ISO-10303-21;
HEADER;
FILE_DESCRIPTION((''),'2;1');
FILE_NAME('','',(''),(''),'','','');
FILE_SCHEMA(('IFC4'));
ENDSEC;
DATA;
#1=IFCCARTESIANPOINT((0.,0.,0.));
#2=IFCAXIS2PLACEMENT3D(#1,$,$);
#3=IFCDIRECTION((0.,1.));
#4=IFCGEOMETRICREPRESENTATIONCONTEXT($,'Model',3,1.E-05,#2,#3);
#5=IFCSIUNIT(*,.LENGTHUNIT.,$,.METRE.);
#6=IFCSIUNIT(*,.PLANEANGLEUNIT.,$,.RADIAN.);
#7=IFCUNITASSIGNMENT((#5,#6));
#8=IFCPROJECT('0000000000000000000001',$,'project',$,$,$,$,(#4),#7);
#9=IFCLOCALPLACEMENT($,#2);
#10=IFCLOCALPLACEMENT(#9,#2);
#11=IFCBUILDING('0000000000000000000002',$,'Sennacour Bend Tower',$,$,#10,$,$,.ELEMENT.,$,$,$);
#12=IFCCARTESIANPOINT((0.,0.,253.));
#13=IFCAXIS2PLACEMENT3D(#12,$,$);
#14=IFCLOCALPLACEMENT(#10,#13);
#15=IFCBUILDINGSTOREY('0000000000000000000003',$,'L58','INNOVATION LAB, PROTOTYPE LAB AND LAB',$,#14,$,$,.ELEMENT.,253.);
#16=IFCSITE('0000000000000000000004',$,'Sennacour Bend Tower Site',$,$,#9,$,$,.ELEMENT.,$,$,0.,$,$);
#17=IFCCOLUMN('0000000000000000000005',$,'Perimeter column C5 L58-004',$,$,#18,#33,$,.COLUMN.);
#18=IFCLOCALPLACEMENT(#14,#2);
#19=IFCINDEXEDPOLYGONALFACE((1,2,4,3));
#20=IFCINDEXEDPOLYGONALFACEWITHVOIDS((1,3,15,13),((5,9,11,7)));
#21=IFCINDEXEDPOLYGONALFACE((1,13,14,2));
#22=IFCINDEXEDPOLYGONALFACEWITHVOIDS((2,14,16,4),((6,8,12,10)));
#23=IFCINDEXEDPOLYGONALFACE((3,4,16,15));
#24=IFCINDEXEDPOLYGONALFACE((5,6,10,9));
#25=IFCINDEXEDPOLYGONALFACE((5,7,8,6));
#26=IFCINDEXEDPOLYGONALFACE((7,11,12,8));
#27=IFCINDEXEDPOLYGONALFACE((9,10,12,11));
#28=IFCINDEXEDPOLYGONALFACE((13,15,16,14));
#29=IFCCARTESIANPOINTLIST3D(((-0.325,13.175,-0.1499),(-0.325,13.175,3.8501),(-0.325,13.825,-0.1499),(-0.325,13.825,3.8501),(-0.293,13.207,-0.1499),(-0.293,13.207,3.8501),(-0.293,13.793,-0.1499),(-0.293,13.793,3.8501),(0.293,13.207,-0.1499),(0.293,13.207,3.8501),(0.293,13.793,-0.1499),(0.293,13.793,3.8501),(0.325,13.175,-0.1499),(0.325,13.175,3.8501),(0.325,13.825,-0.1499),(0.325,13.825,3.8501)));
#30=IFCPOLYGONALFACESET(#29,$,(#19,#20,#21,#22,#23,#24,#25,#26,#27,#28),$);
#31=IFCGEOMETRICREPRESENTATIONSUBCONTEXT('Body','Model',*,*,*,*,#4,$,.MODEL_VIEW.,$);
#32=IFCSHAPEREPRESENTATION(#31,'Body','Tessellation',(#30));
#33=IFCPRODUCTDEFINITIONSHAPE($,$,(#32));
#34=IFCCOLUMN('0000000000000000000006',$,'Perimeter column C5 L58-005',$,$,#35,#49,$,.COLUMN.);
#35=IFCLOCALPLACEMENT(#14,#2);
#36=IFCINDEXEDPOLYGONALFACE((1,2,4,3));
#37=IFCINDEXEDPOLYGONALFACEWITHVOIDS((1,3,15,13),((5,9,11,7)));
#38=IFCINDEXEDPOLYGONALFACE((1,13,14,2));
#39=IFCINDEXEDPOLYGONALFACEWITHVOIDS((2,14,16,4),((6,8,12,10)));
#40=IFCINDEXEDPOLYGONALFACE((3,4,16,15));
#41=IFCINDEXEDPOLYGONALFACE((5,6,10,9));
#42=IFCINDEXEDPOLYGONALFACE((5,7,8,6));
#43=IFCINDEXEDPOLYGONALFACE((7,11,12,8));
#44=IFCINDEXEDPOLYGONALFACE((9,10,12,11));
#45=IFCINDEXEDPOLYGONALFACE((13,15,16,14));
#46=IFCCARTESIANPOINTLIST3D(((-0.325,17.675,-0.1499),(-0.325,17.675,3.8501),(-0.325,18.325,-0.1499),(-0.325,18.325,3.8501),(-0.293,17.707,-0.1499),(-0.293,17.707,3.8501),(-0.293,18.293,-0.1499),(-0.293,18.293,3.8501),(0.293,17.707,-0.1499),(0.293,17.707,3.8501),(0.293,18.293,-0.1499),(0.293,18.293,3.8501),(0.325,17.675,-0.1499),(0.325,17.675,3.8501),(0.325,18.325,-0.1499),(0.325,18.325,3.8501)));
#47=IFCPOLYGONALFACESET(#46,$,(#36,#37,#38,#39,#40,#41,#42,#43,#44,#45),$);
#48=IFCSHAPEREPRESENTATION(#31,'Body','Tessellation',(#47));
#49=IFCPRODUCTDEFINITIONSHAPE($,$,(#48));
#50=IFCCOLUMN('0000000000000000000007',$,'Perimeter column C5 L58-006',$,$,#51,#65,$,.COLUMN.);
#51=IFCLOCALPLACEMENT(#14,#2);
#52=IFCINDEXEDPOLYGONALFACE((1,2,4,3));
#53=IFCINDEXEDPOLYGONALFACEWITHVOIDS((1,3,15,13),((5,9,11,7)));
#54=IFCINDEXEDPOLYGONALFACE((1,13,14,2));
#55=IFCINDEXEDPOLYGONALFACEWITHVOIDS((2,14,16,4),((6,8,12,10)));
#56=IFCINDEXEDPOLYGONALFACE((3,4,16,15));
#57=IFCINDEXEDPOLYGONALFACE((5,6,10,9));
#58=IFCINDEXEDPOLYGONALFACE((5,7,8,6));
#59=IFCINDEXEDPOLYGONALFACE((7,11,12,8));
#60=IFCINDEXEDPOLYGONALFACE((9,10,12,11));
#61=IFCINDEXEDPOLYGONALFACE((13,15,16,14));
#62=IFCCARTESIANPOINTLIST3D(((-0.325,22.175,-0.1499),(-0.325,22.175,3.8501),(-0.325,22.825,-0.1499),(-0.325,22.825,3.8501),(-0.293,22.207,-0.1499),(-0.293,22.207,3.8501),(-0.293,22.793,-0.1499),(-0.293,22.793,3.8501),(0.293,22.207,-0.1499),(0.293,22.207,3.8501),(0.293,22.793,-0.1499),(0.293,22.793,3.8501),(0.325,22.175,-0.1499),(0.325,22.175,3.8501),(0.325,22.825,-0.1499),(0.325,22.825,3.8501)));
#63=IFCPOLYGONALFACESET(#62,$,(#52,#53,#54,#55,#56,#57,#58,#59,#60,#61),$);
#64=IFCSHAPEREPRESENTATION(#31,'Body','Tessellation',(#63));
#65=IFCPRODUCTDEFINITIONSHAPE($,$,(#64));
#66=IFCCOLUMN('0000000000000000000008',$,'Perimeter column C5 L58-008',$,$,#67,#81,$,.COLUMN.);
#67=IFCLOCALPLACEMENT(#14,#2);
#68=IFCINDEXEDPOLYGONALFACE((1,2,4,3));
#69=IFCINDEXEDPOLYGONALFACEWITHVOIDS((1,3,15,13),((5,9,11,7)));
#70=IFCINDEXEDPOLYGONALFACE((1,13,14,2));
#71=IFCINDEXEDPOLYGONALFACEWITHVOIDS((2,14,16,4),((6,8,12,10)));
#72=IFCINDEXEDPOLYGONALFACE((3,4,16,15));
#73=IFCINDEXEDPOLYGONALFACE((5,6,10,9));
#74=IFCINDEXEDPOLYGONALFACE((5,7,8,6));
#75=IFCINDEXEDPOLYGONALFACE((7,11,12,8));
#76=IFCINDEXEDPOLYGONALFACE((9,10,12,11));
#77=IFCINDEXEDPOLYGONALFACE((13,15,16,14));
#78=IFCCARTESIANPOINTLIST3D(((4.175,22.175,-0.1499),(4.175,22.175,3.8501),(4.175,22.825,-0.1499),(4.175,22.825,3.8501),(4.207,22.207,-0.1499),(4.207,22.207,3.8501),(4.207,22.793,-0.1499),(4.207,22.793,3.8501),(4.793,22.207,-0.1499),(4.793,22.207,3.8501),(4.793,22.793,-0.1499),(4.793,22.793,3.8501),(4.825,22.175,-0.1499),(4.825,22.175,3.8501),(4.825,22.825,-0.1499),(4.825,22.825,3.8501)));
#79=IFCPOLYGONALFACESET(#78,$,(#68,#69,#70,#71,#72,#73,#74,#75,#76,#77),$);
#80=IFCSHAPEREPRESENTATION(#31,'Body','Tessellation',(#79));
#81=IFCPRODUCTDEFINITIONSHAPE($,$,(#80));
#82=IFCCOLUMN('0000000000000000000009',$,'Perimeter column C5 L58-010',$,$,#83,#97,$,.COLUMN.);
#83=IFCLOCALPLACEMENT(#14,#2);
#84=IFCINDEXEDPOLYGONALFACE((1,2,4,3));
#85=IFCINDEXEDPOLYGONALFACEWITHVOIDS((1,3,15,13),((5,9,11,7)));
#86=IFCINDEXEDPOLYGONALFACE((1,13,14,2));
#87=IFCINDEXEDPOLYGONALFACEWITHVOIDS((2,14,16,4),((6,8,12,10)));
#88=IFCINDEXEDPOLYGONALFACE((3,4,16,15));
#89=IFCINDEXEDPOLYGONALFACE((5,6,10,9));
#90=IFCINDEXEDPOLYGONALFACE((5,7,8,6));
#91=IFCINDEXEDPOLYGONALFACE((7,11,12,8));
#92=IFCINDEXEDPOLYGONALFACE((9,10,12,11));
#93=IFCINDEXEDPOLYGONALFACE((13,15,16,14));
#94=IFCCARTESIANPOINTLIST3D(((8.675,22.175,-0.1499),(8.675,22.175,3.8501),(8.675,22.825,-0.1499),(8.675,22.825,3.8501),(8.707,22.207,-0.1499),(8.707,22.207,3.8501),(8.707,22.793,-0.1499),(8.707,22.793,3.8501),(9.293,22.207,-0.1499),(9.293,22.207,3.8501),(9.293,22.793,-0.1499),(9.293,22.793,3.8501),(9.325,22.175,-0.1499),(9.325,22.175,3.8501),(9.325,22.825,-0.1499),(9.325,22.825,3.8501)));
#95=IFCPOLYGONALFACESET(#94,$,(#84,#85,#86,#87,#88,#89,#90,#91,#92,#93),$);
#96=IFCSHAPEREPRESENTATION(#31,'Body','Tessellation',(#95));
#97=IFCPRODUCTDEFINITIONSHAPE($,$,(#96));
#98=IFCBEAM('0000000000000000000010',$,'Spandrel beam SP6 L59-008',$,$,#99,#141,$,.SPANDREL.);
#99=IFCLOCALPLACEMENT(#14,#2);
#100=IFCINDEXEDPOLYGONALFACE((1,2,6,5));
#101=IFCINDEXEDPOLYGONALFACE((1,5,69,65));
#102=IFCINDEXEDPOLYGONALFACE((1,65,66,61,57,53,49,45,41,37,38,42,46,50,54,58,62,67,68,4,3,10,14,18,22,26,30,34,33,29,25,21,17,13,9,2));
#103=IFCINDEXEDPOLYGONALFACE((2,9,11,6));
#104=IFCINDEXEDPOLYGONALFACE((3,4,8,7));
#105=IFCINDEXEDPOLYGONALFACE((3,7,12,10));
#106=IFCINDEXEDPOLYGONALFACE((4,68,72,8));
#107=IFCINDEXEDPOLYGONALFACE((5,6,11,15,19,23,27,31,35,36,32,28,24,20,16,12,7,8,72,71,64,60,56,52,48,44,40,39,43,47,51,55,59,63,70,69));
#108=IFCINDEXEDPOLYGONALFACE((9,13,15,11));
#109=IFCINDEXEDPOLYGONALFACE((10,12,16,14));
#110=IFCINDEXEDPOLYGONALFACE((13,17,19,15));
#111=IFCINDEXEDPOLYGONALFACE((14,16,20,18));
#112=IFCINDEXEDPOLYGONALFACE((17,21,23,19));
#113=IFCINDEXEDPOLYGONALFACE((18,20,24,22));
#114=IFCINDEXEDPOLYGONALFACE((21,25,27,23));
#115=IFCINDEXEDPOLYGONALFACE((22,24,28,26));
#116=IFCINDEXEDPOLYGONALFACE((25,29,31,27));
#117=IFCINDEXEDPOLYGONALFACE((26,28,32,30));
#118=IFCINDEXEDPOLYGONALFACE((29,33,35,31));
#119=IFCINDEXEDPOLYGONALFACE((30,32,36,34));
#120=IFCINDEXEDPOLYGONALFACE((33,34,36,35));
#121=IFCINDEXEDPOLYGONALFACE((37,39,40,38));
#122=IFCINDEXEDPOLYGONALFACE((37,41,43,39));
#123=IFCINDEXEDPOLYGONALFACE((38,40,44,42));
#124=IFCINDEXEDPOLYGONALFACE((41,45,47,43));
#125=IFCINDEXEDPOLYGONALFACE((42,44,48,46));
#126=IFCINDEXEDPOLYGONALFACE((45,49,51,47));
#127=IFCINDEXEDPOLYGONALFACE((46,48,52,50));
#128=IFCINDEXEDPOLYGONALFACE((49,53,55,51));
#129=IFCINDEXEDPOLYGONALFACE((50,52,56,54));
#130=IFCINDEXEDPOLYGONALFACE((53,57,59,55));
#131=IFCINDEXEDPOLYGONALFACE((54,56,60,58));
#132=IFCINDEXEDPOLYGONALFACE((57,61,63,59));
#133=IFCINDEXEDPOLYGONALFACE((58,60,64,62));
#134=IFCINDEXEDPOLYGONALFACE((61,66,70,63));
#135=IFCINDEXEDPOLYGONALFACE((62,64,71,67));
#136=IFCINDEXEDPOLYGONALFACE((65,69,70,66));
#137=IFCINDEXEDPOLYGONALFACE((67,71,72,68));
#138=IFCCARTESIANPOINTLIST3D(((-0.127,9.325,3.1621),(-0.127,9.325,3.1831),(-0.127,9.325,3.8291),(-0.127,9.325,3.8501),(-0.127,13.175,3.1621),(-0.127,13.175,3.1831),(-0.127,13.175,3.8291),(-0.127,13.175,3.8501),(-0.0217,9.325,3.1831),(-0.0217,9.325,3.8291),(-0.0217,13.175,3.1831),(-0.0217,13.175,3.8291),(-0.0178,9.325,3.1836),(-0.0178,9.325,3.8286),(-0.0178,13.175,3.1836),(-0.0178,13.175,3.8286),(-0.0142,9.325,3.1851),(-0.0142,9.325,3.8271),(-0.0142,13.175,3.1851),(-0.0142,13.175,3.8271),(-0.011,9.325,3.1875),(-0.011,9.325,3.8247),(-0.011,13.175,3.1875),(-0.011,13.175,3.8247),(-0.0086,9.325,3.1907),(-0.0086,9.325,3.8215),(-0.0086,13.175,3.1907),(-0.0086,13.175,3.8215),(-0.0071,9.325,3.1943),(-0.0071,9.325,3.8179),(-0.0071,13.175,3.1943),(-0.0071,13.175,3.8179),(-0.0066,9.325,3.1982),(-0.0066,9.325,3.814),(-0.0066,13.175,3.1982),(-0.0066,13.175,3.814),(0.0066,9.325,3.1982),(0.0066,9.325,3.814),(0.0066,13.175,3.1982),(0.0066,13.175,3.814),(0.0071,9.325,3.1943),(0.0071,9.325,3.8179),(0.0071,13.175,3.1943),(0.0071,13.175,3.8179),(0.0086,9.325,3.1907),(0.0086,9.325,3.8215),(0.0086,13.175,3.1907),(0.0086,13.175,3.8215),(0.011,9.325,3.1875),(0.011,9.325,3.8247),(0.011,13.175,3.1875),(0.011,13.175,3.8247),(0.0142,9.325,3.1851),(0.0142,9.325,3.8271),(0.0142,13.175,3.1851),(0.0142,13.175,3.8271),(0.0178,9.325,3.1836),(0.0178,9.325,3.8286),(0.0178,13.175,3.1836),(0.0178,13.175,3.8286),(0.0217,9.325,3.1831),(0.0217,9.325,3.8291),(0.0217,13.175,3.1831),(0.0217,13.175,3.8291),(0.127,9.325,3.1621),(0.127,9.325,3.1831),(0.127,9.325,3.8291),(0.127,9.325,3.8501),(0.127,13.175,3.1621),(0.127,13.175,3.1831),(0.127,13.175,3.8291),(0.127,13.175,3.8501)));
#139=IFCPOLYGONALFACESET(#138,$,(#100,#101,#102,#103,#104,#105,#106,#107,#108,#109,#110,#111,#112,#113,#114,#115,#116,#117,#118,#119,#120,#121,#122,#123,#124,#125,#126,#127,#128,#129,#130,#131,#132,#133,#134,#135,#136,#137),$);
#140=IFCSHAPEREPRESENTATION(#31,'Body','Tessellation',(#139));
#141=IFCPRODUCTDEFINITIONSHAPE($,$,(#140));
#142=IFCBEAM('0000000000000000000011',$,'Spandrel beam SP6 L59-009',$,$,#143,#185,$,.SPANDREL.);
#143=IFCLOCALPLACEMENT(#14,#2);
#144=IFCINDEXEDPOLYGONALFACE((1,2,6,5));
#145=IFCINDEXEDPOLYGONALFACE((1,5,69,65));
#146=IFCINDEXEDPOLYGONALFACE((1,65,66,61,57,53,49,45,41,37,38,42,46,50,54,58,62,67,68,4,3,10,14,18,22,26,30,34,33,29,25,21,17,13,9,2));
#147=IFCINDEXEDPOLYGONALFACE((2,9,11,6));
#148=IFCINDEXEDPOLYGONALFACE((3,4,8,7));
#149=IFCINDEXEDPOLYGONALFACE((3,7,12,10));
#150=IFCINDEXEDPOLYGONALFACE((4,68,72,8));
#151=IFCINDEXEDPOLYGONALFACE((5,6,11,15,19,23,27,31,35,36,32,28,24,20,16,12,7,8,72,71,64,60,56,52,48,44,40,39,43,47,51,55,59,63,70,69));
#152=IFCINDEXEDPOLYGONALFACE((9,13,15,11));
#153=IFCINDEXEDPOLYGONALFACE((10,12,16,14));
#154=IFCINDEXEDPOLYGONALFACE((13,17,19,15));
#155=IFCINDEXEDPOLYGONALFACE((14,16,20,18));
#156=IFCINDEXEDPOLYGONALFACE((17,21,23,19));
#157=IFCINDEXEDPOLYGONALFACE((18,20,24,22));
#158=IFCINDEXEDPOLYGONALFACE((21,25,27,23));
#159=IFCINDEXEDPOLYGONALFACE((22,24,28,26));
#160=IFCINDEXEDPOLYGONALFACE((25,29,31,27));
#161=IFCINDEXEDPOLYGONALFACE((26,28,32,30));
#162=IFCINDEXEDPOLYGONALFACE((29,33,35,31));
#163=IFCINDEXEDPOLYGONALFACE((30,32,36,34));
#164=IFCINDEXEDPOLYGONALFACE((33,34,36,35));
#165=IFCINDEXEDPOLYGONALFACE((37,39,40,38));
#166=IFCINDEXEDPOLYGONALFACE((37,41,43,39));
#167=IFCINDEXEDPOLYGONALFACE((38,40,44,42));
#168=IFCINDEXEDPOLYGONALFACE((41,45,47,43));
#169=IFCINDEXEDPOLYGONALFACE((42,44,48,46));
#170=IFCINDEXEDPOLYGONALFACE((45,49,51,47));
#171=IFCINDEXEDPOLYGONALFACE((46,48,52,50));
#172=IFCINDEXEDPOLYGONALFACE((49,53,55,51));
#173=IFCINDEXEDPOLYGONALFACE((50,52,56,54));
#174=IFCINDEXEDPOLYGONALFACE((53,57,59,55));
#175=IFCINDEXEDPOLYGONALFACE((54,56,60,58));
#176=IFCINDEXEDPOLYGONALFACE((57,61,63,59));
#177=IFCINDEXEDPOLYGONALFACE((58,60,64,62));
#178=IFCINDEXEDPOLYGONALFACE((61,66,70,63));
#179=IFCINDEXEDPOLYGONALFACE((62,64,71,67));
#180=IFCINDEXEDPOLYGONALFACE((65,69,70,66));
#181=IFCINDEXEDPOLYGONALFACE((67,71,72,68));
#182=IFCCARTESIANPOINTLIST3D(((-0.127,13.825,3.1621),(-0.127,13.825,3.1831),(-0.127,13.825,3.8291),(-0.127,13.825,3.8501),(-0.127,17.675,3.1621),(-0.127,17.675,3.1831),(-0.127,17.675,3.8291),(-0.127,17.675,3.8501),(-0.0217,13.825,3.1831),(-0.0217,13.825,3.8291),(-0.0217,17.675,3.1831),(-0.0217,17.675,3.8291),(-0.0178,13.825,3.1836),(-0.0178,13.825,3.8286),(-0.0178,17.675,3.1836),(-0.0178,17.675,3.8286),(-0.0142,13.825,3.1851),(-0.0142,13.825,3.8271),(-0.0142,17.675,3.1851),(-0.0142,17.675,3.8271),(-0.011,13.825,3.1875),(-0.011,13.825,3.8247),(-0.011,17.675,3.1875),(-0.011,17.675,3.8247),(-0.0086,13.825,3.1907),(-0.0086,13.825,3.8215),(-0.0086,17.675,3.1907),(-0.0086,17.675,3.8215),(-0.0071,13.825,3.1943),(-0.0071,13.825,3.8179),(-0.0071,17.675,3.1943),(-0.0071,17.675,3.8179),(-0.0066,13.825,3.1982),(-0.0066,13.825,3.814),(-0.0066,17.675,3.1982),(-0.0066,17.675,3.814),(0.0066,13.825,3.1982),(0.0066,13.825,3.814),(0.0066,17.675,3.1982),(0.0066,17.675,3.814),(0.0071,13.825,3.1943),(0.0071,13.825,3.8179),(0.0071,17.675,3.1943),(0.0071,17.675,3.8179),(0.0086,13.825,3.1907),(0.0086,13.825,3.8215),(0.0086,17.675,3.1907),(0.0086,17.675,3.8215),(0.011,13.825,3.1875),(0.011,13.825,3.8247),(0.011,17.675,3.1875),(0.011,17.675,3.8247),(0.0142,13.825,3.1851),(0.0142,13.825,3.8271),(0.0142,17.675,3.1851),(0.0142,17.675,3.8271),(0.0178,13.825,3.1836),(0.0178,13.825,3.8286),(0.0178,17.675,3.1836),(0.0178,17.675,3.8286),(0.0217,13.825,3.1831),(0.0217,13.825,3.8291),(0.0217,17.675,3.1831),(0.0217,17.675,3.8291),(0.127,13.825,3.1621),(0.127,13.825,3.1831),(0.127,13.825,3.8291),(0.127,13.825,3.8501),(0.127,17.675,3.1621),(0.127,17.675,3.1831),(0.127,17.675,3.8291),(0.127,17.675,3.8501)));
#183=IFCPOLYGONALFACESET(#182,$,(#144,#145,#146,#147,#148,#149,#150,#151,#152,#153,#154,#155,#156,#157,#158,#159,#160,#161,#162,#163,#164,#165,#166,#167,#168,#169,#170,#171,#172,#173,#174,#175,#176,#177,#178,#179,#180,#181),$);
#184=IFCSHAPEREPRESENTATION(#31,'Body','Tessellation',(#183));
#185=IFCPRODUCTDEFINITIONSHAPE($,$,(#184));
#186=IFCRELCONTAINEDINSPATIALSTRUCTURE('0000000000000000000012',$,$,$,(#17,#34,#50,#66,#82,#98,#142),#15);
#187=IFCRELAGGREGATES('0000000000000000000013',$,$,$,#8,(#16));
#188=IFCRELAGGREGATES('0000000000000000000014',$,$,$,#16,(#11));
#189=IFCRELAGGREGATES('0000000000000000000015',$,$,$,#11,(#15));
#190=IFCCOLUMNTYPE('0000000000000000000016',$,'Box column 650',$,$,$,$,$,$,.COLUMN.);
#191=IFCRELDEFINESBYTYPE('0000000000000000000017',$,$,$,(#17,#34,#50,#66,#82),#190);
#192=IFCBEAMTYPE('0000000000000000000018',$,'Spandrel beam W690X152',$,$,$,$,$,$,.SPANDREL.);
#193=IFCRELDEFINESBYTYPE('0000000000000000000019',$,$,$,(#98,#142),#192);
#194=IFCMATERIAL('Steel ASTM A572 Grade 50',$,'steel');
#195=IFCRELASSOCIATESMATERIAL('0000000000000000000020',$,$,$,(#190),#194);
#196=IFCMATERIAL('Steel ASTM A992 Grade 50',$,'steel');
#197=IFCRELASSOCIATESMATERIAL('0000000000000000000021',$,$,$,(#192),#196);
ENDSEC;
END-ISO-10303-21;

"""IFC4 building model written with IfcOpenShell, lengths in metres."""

from ifc_helpers import new_model, si_unit, direction, frame, origin, origin_2d, place, context, subcontext, project, spatial, hollow_rectangle, i_section, extrude, material, material_profile, profile_set, type_object, element, save


model = new_model("IFC4")

# Units and contexts
model_context = context("Model", 3, precision=1e-05, world=origin(), true_north=direction((0.0, 1.0)))
body_context = subcontext(model_context, "Body", "Model", "MODEL_VIEW")
ifc_project = project(units=[si_unit("LENGTHUNIT", "METRE"), si_unit("PLANEANGLEUNIT", "RADIAN")], contexts=[model_context])

# Site, building, storey
site_placement = place(None, origin())
site = spatial("IfcSite", under=ifc_project, at=site_placement, Name="Sennacour Bend Tower Site", CompositionType="ELEMENT", RefElevation=0.0)
building_placement = place(site_placement, origin())
building = spatial("IfcBuilding", under=site, at=building_placement, Name="Sennacour Bend Tower", CompositionType="ELEMENT")
storey_placement = place(building_placement, frame((0.0, 0.0, 253.0)))
storey = spatial("IfcBuildingStorey", under=building, at=storey_placement, Name="L58", Description="INNOVATION LAB, PROTOTYPE LAB AND LAB", CompositionType="ELEMENT", Elevation=253.0)

# Columns
ifc_material_1 = material(Name="Steel ASTM A572 Grade 50", Category="steel")
ifc_material_profile_1 = material_profile(ifc_material_1, hollow_rectangle(XDim=0.6499, YDim=0.6499, WallThickness=0.032, at=origin_2d()), Name="Steel ASTM A572 Grade 50", Category="steel")
ifc_profile_set_1 = profile_set([ifc_material_profile_1], Name="Steel ASTM A572 Grade 50")
column_type = type_object("IfcColumnType", Name="Box column 650", PredefinedType="COLUMN", material=ifc_profile_set_1)
for number, where, z_axis, x_axis, name in (
    (1, (0.0, 13.5, -0.1499), (0.0, 0.0, 1.0), (1.0, 0.0, 0.0), "Perimeter column C5 L58-004"),
    (2, (0.0, 18.0, -0.1499), (0.0, 0.0, 1.0), (1.0, 0.0, 0.0), "Perimeter column C5 L58-005"),
    (3, (0.0, 22.5, -0.1499), (0.0, 0.0, 1.0), (1.0, 0.0, 0.0), "Perimeter column C5 L58-006"),
    (4, (4.5, 22.5, -0.1499), (0.0, 0.0, 1.0), (1.0, 0.0, 0.0), "Perimeter column C5 L58-008"),
    (5, (9.0, 22.5, -0.1499), (0.0, 0.0, 1.0), (1.0, 0.0, 0.0), "Perimeter column C5 L58-010"),
):
    element("IfcColumn", number, at=place(storey_placement, frame(where, z_axis=z_axis, x_axis=x_axis)), inside=storey, type_object=column_type, Name=name, PredefinedType="COLUMN", context=body_context, shape_type="SweptSolid", body=[
        extrude(hollow_rectangle(XDim=0.6499, YDim=0.6499, WallThickness=0.032, at=origin_2d()), origin(), (0.0, 0.0, 1.0), 4.0),
    ])

# Beams
ifc_material_2 = material(Name="Steel ASTM A992 Grade 50", Category="steel")
ifc_material_profile_2 = material_profile(ifc_material_2, i_section(OverallWidth=0.2539, OverallDepth=0.688, WebThickness=0.0132, FlangeThickness=0.021, FilletRadius=0.0151, at=origin_2d()), Name="Steel ASTM A992 Grade 50", Category="steel")
ifc_profile_set_2 = profile_set([ifc_material_profile_2], Name="Steel ASTM A992 Grade 50")
beam_type = type_object("IfcBeamType", Name="Spandrel beam W690X152", PredefinedType="SPANDREL", material=ifc_profile_set_2)
for number, where, z_axis, x_axis, name in (
    (6, (0.0, 9.325, 3.5061), (0.0, 1.0, 0.0), (-1.0, 0.0, 0.0), "Spandrel beam SP6 L59-008"),
    (7, (0.0, 13.825, 3.5061), (0.0, 1.0, 0.0), (-1.0, 0.0, 0.0), "Spandrel beam SP6 L59-009"),
):
    element("IfcBeam", number, at=place(storey_placement, frame(where, z_axis=z_axis, x_axis=x_axis)), inside=storey, type_object=beam_type, Name=name, PredefinedType="SPANDREL", context=body_context, shape_type="SweptSolid", body=[
        extrude(i_section(OverallWidth=0.2539, OverallDepth=0.688, WebThickness=0.0132, FlangeThickness=0.021, FilletRadius=0.0151, at=origin_2d()), origin(), (0.0, 0.0, 1.0), 3.8501),
    ])

save(model, "model.ifc")
